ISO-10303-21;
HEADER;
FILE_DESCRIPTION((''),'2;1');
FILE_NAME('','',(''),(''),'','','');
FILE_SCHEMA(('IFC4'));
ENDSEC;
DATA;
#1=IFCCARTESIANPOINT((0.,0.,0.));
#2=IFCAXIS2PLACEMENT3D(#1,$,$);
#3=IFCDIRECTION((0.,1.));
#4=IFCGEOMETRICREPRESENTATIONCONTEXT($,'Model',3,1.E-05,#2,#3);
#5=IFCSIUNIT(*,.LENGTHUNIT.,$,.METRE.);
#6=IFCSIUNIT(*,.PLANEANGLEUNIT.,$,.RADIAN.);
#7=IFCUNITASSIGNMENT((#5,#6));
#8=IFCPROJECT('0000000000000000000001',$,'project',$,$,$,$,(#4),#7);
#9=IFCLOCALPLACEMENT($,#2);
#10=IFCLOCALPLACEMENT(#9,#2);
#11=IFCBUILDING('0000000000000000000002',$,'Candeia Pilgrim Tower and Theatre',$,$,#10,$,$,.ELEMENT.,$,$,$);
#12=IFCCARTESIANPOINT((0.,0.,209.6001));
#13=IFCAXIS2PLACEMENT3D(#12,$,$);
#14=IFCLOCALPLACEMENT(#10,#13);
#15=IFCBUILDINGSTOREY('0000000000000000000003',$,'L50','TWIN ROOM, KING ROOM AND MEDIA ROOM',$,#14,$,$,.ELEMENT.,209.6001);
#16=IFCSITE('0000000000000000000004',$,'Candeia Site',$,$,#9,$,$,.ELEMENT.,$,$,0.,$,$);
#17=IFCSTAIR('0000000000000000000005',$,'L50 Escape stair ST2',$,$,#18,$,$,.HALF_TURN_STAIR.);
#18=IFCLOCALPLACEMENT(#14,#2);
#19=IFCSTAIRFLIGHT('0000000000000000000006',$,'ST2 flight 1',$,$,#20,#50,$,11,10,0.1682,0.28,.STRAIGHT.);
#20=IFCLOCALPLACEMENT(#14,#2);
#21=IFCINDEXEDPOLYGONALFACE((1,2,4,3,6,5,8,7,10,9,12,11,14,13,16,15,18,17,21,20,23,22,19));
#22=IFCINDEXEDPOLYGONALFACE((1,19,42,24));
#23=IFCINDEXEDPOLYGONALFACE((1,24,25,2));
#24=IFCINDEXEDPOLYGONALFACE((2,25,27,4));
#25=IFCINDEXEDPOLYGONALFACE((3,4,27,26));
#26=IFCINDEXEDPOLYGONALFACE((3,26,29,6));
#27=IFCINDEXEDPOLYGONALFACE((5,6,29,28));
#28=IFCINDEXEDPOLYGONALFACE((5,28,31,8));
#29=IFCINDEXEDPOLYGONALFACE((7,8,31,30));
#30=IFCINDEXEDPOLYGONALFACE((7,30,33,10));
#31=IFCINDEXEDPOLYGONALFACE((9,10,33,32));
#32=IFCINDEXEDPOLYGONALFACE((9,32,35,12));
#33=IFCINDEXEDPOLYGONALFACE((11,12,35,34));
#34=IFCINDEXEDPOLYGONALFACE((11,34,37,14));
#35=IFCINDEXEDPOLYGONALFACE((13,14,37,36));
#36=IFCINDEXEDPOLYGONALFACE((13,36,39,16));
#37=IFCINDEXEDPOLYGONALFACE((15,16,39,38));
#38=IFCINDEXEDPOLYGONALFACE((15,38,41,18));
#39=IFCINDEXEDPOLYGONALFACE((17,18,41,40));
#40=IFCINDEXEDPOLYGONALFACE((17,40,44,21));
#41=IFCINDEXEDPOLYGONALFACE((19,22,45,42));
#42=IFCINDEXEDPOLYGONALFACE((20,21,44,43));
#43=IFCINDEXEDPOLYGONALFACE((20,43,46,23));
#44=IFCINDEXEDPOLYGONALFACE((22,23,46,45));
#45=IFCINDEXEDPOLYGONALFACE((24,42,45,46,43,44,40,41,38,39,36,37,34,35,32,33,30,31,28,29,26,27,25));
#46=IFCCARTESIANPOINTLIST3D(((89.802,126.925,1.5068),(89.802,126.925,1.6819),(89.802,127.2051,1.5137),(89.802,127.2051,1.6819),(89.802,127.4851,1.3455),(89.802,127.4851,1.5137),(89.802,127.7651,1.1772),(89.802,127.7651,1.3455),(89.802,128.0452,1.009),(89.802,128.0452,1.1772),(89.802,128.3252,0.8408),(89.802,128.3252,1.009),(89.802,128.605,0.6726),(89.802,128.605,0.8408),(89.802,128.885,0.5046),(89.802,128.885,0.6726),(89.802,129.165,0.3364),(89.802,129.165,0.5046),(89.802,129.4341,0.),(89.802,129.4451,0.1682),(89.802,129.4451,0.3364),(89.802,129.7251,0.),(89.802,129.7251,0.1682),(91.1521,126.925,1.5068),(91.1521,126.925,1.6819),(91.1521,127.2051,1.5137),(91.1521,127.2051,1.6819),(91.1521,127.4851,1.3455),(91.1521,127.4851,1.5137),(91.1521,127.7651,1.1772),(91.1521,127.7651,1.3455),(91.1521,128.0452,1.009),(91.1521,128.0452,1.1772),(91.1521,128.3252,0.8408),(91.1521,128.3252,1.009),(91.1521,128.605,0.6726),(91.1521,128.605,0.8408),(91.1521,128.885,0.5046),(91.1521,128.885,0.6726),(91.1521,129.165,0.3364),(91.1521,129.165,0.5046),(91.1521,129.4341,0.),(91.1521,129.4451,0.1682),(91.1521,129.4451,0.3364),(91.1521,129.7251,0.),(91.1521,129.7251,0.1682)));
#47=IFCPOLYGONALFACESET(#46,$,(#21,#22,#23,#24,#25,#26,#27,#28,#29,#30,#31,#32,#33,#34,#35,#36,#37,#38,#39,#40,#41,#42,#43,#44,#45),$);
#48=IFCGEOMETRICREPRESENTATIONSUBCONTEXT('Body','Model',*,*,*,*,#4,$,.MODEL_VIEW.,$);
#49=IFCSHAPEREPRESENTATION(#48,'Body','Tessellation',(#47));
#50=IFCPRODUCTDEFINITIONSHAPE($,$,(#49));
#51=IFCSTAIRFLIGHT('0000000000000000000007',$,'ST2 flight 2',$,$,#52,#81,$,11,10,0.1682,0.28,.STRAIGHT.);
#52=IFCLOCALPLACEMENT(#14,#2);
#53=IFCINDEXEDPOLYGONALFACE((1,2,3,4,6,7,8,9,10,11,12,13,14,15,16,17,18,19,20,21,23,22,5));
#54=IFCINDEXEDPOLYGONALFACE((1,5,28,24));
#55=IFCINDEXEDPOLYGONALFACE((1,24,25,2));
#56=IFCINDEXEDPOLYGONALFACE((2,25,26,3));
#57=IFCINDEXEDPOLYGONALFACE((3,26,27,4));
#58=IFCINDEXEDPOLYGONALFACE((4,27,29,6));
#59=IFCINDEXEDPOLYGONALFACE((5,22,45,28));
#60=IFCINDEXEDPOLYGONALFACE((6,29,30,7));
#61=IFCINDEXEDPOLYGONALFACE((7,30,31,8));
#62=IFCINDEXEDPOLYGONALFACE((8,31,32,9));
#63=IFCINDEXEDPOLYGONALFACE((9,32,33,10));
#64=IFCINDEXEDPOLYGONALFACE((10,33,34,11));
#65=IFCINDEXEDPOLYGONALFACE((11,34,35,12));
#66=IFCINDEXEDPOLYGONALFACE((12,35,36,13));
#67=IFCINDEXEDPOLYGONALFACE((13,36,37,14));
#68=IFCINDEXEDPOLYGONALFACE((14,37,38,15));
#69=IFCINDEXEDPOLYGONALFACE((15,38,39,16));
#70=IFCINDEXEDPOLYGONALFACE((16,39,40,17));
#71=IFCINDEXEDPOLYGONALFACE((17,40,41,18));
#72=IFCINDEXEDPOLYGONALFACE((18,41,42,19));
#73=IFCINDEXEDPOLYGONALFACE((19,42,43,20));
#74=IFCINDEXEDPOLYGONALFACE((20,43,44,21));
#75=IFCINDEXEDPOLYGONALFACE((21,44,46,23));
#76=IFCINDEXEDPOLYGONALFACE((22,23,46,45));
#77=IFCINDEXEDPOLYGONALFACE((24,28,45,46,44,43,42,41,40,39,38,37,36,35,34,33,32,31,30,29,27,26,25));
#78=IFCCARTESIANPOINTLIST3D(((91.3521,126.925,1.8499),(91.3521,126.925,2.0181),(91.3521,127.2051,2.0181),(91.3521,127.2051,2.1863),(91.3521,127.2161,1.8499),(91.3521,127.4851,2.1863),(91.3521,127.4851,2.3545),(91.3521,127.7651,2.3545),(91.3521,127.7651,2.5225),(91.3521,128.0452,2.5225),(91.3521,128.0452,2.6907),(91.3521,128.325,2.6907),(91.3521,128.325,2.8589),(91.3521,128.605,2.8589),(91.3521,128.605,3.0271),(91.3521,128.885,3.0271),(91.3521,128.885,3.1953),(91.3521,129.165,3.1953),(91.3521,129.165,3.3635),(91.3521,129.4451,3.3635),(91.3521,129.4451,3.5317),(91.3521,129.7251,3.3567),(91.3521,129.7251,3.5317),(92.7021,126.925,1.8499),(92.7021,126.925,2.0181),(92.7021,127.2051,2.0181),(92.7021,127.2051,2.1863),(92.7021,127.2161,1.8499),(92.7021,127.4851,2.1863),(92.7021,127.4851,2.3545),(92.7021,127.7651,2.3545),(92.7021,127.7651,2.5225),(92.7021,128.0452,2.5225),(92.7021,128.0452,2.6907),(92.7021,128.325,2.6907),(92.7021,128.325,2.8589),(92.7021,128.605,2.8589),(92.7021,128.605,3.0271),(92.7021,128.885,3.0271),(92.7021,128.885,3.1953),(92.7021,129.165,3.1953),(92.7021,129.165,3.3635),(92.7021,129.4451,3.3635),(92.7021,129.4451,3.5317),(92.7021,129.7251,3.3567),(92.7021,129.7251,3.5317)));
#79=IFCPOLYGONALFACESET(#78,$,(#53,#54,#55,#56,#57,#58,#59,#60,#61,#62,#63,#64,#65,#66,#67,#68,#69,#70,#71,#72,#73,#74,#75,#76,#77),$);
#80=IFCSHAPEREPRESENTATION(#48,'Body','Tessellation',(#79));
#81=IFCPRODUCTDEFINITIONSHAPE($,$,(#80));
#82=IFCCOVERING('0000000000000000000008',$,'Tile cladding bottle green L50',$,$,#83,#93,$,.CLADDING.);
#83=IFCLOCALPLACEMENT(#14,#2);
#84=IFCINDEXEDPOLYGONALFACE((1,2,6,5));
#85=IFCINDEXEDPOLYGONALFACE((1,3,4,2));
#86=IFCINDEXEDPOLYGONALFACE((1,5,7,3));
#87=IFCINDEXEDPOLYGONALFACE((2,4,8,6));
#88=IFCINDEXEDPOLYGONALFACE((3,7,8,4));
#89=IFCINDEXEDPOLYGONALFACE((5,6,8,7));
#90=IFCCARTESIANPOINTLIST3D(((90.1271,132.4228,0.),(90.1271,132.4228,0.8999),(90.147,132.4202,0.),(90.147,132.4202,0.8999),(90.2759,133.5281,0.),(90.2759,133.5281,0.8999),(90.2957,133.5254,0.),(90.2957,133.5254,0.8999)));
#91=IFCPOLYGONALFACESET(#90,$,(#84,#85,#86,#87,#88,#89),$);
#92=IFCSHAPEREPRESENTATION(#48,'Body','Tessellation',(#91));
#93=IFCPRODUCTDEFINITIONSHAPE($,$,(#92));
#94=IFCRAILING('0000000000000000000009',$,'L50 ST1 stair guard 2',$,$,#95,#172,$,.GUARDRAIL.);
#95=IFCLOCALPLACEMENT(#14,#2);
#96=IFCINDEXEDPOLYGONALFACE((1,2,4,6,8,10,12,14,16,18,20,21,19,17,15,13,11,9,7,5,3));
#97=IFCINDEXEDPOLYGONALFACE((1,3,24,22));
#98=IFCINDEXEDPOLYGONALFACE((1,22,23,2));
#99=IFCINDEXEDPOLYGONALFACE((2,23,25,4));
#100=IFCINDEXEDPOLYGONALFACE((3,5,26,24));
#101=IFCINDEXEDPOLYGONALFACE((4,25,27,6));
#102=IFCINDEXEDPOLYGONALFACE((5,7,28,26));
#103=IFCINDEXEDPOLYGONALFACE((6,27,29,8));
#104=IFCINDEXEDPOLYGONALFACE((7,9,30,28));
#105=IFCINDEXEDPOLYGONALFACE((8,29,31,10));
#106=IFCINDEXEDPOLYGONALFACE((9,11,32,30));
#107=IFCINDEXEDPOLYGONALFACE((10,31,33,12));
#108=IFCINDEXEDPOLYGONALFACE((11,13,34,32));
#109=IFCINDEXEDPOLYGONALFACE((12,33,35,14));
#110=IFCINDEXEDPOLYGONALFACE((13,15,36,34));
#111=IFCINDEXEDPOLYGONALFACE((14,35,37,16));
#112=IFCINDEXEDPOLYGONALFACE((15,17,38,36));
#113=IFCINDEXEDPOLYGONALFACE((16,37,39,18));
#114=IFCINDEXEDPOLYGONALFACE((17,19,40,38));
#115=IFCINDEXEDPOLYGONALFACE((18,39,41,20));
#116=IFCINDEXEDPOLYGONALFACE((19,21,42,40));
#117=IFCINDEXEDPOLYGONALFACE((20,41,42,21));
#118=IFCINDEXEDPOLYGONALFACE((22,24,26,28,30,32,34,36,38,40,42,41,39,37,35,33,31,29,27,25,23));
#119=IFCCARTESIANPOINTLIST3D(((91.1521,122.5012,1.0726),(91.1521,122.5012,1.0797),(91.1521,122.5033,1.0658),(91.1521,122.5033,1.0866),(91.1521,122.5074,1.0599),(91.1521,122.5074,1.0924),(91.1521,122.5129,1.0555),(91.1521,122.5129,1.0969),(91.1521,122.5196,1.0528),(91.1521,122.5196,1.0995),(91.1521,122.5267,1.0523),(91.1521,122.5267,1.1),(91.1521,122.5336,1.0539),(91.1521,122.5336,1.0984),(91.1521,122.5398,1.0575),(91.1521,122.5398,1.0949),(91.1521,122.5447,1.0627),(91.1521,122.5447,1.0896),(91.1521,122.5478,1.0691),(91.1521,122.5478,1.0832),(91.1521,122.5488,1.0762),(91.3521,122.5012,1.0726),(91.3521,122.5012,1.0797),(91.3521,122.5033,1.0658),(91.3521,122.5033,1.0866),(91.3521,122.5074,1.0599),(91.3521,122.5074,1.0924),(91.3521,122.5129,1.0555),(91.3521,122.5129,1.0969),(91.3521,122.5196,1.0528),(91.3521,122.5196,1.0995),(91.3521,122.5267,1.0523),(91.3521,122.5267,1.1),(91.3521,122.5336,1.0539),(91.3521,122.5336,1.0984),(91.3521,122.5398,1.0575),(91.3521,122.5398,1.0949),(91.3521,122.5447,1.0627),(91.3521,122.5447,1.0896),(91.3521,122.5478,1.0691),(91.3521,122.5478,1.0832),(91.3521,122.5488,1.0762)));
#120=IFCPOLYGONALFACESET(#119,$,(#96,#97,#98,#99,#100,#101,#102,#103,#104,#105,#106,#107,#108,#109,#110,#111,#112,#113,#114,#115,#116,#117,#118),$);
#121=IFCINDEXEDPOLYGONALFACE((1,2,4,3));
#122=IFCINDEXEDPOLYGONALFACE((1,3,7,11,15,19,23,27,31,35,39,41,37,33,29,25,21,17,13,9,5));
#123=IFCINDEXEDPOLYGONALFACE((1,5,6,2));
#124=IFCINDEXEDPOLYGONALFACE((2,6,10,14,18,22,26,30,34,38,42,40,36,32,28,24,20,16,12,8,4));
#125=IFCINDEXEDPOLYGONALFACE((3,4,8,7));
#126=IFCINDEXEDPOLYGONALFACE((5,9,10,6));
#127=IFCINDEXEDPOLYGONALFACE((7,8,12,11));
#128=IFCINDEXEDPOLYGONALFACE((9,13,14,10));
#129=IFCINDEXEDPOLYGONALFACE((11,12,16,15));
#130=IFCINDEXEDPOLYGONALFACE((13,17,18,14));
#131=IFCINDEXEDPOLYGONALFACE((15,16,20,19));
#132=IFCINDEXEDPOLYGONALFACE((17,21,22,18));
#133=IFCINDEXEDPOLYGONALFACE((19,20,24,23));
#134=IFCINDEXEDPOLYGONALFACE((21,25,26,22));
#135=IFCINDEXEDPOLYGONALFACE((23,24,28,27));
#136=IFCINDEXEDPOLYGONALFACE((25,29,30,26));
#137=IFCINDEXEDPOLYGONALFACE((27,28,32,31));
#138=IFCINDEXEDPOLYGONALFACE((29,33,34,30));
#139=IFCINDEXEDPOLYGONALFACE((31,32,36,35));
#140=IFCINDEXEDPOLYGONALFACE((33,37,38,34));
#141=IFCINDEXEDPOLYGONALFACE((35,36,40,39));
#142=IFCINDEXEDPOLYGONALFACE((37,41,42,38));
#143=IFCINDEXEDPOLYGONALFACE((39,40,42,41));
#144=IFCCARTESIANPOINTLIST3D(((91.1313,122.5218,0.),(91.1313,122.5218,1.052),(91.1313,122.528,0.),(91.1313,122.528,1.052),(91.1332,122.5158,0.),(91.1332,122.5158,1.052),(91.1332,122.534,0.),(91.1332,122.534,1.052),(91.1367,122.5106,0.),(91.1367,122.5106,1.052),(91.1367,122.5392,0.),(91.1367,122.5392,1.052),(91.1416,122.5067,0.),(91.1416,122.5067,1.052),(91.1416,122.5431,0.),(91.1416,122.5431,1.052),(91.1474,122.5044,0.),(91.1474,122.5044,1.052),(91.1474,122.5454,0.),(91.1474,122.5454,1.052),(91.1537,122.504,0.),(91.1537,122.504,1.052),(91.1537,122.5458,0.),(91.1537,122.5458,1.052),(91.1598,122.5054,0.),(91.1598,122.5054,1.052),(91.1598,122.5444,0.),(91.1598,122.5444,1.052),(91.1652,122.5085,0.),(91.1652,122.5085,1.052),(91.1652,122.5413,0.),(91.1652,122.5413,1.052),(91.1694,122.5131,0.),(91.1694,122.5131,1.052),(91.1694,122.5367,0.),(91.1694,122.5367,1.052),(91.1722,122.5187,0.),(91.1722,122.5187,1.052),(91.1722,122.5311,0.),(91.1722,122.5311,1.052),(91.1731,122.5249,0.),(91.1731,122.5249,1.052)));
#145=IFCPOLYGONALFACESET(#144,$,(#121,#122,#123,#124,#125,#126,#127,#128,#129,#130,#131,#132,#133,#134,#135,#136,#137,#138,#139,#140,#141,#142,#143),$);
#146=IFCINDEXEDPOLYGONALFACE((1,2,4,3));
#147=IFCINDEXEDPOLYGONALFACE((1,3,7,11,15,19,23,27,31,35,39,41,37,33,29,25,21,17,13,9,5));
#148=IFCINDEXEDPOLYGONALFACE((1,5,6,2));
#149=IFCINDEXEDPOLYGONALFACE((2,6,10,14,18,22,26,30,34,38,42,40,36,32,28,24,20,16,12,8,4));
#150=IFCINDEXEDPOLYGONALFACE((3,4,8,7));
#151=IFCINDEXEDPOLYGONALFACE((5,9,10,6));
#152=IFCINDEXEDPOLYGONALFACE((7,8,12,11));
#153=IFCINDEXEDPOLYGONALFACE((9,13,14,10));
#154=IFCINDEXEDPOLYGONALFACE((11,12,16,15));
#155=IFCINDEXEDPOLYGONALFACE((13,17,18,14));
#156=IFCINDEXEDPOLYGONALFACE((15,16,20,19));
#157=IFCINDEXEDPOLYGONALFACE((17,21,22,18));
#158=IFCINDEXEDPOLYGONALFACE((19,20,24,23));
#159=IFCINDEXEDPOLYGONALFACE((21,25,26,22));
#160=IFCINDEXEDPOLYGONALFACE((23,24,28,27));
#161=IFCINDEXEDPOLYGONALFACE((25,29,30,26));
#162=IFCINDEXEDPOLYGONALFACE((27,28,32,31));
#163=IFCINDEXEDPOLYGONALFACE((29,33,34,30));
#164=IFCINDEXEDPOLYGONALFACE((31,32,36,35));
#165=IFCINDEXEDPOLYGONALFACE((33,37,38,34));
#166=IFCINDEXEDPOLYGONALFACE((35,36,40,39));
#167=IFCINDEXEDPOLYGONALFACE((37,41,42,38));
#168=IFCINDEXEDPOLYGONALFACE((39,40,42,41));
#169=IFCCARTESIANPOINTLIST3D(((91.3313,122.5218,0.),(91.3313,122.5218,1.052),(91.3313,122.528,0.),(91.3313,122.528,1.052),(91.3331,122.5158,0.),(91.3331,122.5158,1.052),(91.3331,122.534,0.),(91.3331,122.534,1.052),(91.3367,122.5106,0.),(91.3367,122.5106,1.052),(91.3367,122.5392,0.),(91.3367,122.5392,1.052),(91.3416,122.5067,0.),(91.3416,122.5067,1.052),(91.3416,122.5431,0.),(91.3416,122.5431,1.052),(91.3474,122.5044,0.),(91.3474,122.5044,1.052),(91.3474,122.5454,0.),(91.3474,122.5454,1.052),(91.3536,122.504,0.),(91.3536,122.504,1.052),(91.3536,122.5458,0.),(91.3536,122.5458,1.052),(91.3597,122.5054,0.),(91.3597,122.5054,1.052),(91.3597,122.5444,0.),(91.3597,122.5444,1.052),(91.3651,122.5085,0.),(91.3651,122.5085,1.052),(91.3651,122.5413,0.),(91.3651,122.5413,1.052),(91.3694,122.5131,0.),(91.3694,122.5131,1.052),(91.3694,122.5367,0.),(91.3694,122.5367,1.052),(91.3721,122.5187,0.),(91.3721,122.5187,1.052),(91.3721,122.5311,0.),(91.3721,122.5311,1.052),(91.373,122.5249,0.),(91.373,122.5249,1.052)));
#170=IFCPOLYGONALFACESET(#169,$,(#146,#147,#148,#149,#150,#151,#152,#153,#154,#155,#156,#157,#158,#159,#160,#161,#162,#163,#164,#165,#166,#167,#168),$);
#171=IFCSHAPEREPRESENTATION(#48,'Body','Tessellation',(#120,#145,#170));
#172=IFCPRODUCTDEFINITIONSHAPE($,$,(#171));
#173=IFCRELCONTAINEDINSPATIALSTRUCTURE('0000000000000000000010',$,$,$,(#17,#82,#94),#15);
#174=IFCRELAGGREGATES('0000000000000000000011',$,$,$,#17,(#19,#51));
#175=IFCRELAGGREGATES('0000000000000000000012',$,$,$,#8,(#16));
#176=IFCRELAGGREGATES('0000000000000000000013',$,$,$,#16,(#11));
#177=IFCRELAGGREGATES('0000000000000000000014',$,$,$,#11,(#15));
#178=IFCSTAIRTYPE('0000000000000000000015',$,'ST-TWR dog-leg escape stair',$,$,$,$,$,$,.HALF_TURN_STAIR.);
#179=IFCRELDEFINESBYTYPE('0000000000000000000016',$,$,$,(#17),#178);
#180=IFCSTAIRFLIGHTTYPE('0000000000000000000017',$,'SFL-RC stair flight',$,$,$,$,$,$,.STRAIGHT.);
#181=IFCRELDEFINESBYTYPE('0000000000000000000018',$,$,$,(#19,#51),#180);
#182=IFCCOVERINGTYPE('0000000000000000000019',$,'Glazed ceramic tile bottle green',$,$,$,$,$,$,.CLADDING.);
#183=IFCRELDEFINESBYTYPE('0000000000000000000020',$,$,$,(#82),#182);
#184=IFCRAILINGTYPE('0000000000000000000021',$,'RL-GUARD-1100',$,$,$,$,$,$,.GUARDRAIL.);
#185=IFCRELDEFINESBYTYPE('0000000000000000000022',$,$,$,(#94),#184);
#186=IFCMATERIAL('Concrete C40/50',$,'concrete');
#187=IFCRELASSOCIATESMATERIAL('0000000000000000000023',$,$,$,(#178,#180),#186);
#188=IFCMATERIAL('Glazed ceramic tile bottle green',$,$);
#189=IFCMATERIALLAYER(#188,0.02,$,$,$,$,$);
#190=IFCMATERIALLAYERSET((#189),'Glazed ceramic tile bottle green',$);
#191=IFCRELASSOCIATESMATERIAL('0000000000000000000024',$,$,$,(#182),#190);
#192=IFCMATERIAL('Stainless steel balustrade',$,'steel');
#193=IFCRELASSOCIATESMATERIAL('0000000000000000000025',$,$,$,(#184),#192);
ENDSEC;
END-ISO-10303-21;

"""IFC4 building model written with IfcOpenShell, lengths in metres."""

from ifc_helpers import new_model, si_unit, direction, frame, origin, origin_2d, place, context, subcontext, project, spatial, polyline, rectangle, circle, outline, extrude, material, layer, layer_set, type_object, element, aggregate, save


model = new_model("IFC4")

# Units and contexts
model_context = context("Model", 3, precision=1e-05, world=origin(), true_north=direction((0.0, 1.0)))
body_context = subcontext(model_context, "Body", "Model", "MODEL_VIEW")
ifc_project = project(units=[si_unit("LENGTHUNIT", "METRE"), si_unit("PLANEANGLEUNIT", "RADIAN")], contexts=[model_context])

# Site, building, storey
site_placement = place(None, origin())
site = spatial("IfcSite", under=ifc_project, at=site_placement, Name="Candeia Site", CompositionType="ELEMENT", RefElevation=0.0)
building_placement = place(site_placement, origin())
building = spatial("IfcBuilding", under=site, at=building_placement, Name="Candeia Pilgrim Tower and Theatre", CompositionType="ELEMENT")
storey_placement = place(building_placement, frame((0.0, 0.0, 209.6001)))
storey = spatial("IfcBuildingStorey", under=building, at=storey_placement, Name="L50", Description="TWIN ROOM, KING ROOM AND MEDIA ROOM", CompositionType="ELEMENT", Elevation=209.6001)

# Shared definitions
ifc_material_1 = material(Name="Concrete C40/50", Category="concrete")

# Stair, stair flights
stair_type = type_object("IfcStairType", Name="ST-TWR dog-leg escape stair", PredefinedType="HALF_TURN_STAIR", material=ifc_material_1)
stair_flight_type = type_object("IfcStairFlightType", Name="SFL-RC stair flight", PredefinedType="STRAIGHT", material=ifc_material_1)
stair_1_placement = place(storey_placement, origin())
stair_1 = element("IfcStair", 1, at=stair_1_placement, inside=storey, type_object=stair_type, Name="L50 Escape stair ST2", PredefinedType="HALF_TURN_STAIR")
stair_flight_1_placement = place(storey_placement, frame((90.4771, 129.7251, 0.0), z_axis=(0.0, 0.0, 1.0), x_axis=(0.0, -1.0, 0.0)))
stair_flight_1 = element("IfcStairFlight", 2, at=stair_flight_1_placement, type_object=stair_flight_type, Name="ST2 flight 1", NumberOfRisers=11, NumberOfTreads=10, PredefinedType="STRAIGHT", RiserHeight=0.1682, TreadLength=0.28, context=body_context, shape_type="SweptSolid", body=[
    extrude(outline(polyline([(0.0, 0.0), (0.0, 0.1682), (0.28, 0.1682), (0.28, 0.3364), (0.5601, 0.3364), (0.5601, 0.5046), (0.8401, 0.5046), (0.8401, 0.6726), (1.1201, 0.6726), (1.1201, 0.8408), (1.3999, 0.8408), (1.3999, 1.009), (1.6799, 1.009), (1.6799, 1.1772), (1.96, 1.1772), (1.96, 1.3455), (2.24, 1.3455), (2.24, 1.5137), (2.52, 1.5137), (2.52, 1.6819), (2.8, 1.6819), (2.8, 1.8501), (2.8, 1.5068), (0.291, 0.0), (0.0, 0.0)])), frame((0.0, 0.675, 0.0), z_axis=(0.0, -1.0, 0.0), x_axis=(1.0, 0.0, 0.0)), (0.0, 0.0, 1.0), 1.3501),
])
stair_flight_2_placement = place(storey_placement, frame((92.0271, 126.925, 1.8499), z_axis=(0.0, 0.0, 1.0), x_axis=(0.0, 1.0, 0.0)))
stair_flight_2 = element("IfcStairFlight", 3, at=stair_flight_2_placement, type_object=stair_flight_type, Name="ST2 flight 2", NumberOfRisers=11, NumberOfTreads=10, PredefinedType="STRAIGHT", RiserHeight=0.1682, TreadLength=0.28, context=body_context, shape_type="SweptSolid", body=[
    extrude(outline(polyline([(0.0, 0.0), (0.0, 0.1682), (0.28, 0.1682), (0.28, 0.3364), (0.5601, 0.3364), (0.5601, 0.5046), (0.8401, 0.5046), (0.8401, 0.6726), (1.1201, 0.6726), (1.1201, 0.8408), (1.3999, 0.8408), (1.3999, 1.009), (1.6799, 1.009), (1.6799, 1.1772), (1.96, 1.1772), (1.96, 1.3455), (2.24, 1.3455), (2.24, 1.5137), (2.52, 1.5137), (2.52, 1.6819), (2.8, 1.6819), (2.8, 1.8501), (2.8, 1.5068), (0.291, 0.0), (0.0, 0.0)])), frame((0.0, 0.675, 0.0), z_axis=(0.0, -1.0, 0.0), x_axis=(1.0, 0.0, 0.0)), (0.0, 0.0, 1.0), 1.3501),
])
aggregate(stair_1, [stair_flight_1, stair_flight_2])

# Shared definitions
ifc_material_2 = material(Name="Stainless steel balustrade", Category="steel")

# Covering
ifc_material_3 = material(Name="Glazed ceramic tile bottle green")
ifc_layer_1 = layer(ifc_material_3, 0.02)
ifc_layer_set_1 = layer_set([ifc_layer_1], Name="Glazed ceramic tile bottle green")
covering_type = type_object("IfcCoveringType", Name="Glazed ceramic tile bottle green", PredefinedType="CLADDING", material=ifc_layer_set_1)
covering_placement = place(storey_placement, frame((90.2114, 132.9741, 0.0), z_axis=(0.0, 0.0, 1.0), x_axis=(-0.133412, -0.991061, 0.0)))
element("IfcCovering", 4, at=covering_placement, inside=storey, type_object=covering_type, Name="Tile cladding bottle green L50", PredefinedType="CLADDING", context=body_context, shape_type="SweptSolid", body=[
    extrude(rectangle(XDim=1.1152, YDim=0.02, at=origin_2d()), origin(), (0.0, 0.0, 1.0), 0.8999),
])

# Railing
railing_type_1 = type_object("IfcRailingType", Name="RL-GUARD-1100", PredefinedType="GUARDRAIL", material=ifc_material_2)
railing_1_placement = place(storey_placement, frame((91.1521, 122.5249, 0.0)))
element("IfcRailing", 5, at=railing_1_placement, inside=storey, type_object=railing_type_1, Name="L50 ST1 stair guard 2", PredefinedType="GUARDRAIL", context=body_context, shape_type="SweptSolid", body=[
    extrude(circle(Radius=0.0239, at=origin_2d()), frame((0.0, 0.0, 1.0762), z_axis=(1.0, 0.0, 0.0), x_axis=(0.0, 1.0, 0.0)), (0.0, 0.0, 1.0), 0.2),
    extrude(circle(Radius=0.021, at=origin_2d()), origin(), (0.0, 0.0, 1.0), 1.052),
    extrude(circle(Radius=0.021, at=origin_2d()), frame((0.2, 0.0, 0.0)), (0.0, 0.0, 1.0), 1.052),
])

save(model, "model.ifc")
